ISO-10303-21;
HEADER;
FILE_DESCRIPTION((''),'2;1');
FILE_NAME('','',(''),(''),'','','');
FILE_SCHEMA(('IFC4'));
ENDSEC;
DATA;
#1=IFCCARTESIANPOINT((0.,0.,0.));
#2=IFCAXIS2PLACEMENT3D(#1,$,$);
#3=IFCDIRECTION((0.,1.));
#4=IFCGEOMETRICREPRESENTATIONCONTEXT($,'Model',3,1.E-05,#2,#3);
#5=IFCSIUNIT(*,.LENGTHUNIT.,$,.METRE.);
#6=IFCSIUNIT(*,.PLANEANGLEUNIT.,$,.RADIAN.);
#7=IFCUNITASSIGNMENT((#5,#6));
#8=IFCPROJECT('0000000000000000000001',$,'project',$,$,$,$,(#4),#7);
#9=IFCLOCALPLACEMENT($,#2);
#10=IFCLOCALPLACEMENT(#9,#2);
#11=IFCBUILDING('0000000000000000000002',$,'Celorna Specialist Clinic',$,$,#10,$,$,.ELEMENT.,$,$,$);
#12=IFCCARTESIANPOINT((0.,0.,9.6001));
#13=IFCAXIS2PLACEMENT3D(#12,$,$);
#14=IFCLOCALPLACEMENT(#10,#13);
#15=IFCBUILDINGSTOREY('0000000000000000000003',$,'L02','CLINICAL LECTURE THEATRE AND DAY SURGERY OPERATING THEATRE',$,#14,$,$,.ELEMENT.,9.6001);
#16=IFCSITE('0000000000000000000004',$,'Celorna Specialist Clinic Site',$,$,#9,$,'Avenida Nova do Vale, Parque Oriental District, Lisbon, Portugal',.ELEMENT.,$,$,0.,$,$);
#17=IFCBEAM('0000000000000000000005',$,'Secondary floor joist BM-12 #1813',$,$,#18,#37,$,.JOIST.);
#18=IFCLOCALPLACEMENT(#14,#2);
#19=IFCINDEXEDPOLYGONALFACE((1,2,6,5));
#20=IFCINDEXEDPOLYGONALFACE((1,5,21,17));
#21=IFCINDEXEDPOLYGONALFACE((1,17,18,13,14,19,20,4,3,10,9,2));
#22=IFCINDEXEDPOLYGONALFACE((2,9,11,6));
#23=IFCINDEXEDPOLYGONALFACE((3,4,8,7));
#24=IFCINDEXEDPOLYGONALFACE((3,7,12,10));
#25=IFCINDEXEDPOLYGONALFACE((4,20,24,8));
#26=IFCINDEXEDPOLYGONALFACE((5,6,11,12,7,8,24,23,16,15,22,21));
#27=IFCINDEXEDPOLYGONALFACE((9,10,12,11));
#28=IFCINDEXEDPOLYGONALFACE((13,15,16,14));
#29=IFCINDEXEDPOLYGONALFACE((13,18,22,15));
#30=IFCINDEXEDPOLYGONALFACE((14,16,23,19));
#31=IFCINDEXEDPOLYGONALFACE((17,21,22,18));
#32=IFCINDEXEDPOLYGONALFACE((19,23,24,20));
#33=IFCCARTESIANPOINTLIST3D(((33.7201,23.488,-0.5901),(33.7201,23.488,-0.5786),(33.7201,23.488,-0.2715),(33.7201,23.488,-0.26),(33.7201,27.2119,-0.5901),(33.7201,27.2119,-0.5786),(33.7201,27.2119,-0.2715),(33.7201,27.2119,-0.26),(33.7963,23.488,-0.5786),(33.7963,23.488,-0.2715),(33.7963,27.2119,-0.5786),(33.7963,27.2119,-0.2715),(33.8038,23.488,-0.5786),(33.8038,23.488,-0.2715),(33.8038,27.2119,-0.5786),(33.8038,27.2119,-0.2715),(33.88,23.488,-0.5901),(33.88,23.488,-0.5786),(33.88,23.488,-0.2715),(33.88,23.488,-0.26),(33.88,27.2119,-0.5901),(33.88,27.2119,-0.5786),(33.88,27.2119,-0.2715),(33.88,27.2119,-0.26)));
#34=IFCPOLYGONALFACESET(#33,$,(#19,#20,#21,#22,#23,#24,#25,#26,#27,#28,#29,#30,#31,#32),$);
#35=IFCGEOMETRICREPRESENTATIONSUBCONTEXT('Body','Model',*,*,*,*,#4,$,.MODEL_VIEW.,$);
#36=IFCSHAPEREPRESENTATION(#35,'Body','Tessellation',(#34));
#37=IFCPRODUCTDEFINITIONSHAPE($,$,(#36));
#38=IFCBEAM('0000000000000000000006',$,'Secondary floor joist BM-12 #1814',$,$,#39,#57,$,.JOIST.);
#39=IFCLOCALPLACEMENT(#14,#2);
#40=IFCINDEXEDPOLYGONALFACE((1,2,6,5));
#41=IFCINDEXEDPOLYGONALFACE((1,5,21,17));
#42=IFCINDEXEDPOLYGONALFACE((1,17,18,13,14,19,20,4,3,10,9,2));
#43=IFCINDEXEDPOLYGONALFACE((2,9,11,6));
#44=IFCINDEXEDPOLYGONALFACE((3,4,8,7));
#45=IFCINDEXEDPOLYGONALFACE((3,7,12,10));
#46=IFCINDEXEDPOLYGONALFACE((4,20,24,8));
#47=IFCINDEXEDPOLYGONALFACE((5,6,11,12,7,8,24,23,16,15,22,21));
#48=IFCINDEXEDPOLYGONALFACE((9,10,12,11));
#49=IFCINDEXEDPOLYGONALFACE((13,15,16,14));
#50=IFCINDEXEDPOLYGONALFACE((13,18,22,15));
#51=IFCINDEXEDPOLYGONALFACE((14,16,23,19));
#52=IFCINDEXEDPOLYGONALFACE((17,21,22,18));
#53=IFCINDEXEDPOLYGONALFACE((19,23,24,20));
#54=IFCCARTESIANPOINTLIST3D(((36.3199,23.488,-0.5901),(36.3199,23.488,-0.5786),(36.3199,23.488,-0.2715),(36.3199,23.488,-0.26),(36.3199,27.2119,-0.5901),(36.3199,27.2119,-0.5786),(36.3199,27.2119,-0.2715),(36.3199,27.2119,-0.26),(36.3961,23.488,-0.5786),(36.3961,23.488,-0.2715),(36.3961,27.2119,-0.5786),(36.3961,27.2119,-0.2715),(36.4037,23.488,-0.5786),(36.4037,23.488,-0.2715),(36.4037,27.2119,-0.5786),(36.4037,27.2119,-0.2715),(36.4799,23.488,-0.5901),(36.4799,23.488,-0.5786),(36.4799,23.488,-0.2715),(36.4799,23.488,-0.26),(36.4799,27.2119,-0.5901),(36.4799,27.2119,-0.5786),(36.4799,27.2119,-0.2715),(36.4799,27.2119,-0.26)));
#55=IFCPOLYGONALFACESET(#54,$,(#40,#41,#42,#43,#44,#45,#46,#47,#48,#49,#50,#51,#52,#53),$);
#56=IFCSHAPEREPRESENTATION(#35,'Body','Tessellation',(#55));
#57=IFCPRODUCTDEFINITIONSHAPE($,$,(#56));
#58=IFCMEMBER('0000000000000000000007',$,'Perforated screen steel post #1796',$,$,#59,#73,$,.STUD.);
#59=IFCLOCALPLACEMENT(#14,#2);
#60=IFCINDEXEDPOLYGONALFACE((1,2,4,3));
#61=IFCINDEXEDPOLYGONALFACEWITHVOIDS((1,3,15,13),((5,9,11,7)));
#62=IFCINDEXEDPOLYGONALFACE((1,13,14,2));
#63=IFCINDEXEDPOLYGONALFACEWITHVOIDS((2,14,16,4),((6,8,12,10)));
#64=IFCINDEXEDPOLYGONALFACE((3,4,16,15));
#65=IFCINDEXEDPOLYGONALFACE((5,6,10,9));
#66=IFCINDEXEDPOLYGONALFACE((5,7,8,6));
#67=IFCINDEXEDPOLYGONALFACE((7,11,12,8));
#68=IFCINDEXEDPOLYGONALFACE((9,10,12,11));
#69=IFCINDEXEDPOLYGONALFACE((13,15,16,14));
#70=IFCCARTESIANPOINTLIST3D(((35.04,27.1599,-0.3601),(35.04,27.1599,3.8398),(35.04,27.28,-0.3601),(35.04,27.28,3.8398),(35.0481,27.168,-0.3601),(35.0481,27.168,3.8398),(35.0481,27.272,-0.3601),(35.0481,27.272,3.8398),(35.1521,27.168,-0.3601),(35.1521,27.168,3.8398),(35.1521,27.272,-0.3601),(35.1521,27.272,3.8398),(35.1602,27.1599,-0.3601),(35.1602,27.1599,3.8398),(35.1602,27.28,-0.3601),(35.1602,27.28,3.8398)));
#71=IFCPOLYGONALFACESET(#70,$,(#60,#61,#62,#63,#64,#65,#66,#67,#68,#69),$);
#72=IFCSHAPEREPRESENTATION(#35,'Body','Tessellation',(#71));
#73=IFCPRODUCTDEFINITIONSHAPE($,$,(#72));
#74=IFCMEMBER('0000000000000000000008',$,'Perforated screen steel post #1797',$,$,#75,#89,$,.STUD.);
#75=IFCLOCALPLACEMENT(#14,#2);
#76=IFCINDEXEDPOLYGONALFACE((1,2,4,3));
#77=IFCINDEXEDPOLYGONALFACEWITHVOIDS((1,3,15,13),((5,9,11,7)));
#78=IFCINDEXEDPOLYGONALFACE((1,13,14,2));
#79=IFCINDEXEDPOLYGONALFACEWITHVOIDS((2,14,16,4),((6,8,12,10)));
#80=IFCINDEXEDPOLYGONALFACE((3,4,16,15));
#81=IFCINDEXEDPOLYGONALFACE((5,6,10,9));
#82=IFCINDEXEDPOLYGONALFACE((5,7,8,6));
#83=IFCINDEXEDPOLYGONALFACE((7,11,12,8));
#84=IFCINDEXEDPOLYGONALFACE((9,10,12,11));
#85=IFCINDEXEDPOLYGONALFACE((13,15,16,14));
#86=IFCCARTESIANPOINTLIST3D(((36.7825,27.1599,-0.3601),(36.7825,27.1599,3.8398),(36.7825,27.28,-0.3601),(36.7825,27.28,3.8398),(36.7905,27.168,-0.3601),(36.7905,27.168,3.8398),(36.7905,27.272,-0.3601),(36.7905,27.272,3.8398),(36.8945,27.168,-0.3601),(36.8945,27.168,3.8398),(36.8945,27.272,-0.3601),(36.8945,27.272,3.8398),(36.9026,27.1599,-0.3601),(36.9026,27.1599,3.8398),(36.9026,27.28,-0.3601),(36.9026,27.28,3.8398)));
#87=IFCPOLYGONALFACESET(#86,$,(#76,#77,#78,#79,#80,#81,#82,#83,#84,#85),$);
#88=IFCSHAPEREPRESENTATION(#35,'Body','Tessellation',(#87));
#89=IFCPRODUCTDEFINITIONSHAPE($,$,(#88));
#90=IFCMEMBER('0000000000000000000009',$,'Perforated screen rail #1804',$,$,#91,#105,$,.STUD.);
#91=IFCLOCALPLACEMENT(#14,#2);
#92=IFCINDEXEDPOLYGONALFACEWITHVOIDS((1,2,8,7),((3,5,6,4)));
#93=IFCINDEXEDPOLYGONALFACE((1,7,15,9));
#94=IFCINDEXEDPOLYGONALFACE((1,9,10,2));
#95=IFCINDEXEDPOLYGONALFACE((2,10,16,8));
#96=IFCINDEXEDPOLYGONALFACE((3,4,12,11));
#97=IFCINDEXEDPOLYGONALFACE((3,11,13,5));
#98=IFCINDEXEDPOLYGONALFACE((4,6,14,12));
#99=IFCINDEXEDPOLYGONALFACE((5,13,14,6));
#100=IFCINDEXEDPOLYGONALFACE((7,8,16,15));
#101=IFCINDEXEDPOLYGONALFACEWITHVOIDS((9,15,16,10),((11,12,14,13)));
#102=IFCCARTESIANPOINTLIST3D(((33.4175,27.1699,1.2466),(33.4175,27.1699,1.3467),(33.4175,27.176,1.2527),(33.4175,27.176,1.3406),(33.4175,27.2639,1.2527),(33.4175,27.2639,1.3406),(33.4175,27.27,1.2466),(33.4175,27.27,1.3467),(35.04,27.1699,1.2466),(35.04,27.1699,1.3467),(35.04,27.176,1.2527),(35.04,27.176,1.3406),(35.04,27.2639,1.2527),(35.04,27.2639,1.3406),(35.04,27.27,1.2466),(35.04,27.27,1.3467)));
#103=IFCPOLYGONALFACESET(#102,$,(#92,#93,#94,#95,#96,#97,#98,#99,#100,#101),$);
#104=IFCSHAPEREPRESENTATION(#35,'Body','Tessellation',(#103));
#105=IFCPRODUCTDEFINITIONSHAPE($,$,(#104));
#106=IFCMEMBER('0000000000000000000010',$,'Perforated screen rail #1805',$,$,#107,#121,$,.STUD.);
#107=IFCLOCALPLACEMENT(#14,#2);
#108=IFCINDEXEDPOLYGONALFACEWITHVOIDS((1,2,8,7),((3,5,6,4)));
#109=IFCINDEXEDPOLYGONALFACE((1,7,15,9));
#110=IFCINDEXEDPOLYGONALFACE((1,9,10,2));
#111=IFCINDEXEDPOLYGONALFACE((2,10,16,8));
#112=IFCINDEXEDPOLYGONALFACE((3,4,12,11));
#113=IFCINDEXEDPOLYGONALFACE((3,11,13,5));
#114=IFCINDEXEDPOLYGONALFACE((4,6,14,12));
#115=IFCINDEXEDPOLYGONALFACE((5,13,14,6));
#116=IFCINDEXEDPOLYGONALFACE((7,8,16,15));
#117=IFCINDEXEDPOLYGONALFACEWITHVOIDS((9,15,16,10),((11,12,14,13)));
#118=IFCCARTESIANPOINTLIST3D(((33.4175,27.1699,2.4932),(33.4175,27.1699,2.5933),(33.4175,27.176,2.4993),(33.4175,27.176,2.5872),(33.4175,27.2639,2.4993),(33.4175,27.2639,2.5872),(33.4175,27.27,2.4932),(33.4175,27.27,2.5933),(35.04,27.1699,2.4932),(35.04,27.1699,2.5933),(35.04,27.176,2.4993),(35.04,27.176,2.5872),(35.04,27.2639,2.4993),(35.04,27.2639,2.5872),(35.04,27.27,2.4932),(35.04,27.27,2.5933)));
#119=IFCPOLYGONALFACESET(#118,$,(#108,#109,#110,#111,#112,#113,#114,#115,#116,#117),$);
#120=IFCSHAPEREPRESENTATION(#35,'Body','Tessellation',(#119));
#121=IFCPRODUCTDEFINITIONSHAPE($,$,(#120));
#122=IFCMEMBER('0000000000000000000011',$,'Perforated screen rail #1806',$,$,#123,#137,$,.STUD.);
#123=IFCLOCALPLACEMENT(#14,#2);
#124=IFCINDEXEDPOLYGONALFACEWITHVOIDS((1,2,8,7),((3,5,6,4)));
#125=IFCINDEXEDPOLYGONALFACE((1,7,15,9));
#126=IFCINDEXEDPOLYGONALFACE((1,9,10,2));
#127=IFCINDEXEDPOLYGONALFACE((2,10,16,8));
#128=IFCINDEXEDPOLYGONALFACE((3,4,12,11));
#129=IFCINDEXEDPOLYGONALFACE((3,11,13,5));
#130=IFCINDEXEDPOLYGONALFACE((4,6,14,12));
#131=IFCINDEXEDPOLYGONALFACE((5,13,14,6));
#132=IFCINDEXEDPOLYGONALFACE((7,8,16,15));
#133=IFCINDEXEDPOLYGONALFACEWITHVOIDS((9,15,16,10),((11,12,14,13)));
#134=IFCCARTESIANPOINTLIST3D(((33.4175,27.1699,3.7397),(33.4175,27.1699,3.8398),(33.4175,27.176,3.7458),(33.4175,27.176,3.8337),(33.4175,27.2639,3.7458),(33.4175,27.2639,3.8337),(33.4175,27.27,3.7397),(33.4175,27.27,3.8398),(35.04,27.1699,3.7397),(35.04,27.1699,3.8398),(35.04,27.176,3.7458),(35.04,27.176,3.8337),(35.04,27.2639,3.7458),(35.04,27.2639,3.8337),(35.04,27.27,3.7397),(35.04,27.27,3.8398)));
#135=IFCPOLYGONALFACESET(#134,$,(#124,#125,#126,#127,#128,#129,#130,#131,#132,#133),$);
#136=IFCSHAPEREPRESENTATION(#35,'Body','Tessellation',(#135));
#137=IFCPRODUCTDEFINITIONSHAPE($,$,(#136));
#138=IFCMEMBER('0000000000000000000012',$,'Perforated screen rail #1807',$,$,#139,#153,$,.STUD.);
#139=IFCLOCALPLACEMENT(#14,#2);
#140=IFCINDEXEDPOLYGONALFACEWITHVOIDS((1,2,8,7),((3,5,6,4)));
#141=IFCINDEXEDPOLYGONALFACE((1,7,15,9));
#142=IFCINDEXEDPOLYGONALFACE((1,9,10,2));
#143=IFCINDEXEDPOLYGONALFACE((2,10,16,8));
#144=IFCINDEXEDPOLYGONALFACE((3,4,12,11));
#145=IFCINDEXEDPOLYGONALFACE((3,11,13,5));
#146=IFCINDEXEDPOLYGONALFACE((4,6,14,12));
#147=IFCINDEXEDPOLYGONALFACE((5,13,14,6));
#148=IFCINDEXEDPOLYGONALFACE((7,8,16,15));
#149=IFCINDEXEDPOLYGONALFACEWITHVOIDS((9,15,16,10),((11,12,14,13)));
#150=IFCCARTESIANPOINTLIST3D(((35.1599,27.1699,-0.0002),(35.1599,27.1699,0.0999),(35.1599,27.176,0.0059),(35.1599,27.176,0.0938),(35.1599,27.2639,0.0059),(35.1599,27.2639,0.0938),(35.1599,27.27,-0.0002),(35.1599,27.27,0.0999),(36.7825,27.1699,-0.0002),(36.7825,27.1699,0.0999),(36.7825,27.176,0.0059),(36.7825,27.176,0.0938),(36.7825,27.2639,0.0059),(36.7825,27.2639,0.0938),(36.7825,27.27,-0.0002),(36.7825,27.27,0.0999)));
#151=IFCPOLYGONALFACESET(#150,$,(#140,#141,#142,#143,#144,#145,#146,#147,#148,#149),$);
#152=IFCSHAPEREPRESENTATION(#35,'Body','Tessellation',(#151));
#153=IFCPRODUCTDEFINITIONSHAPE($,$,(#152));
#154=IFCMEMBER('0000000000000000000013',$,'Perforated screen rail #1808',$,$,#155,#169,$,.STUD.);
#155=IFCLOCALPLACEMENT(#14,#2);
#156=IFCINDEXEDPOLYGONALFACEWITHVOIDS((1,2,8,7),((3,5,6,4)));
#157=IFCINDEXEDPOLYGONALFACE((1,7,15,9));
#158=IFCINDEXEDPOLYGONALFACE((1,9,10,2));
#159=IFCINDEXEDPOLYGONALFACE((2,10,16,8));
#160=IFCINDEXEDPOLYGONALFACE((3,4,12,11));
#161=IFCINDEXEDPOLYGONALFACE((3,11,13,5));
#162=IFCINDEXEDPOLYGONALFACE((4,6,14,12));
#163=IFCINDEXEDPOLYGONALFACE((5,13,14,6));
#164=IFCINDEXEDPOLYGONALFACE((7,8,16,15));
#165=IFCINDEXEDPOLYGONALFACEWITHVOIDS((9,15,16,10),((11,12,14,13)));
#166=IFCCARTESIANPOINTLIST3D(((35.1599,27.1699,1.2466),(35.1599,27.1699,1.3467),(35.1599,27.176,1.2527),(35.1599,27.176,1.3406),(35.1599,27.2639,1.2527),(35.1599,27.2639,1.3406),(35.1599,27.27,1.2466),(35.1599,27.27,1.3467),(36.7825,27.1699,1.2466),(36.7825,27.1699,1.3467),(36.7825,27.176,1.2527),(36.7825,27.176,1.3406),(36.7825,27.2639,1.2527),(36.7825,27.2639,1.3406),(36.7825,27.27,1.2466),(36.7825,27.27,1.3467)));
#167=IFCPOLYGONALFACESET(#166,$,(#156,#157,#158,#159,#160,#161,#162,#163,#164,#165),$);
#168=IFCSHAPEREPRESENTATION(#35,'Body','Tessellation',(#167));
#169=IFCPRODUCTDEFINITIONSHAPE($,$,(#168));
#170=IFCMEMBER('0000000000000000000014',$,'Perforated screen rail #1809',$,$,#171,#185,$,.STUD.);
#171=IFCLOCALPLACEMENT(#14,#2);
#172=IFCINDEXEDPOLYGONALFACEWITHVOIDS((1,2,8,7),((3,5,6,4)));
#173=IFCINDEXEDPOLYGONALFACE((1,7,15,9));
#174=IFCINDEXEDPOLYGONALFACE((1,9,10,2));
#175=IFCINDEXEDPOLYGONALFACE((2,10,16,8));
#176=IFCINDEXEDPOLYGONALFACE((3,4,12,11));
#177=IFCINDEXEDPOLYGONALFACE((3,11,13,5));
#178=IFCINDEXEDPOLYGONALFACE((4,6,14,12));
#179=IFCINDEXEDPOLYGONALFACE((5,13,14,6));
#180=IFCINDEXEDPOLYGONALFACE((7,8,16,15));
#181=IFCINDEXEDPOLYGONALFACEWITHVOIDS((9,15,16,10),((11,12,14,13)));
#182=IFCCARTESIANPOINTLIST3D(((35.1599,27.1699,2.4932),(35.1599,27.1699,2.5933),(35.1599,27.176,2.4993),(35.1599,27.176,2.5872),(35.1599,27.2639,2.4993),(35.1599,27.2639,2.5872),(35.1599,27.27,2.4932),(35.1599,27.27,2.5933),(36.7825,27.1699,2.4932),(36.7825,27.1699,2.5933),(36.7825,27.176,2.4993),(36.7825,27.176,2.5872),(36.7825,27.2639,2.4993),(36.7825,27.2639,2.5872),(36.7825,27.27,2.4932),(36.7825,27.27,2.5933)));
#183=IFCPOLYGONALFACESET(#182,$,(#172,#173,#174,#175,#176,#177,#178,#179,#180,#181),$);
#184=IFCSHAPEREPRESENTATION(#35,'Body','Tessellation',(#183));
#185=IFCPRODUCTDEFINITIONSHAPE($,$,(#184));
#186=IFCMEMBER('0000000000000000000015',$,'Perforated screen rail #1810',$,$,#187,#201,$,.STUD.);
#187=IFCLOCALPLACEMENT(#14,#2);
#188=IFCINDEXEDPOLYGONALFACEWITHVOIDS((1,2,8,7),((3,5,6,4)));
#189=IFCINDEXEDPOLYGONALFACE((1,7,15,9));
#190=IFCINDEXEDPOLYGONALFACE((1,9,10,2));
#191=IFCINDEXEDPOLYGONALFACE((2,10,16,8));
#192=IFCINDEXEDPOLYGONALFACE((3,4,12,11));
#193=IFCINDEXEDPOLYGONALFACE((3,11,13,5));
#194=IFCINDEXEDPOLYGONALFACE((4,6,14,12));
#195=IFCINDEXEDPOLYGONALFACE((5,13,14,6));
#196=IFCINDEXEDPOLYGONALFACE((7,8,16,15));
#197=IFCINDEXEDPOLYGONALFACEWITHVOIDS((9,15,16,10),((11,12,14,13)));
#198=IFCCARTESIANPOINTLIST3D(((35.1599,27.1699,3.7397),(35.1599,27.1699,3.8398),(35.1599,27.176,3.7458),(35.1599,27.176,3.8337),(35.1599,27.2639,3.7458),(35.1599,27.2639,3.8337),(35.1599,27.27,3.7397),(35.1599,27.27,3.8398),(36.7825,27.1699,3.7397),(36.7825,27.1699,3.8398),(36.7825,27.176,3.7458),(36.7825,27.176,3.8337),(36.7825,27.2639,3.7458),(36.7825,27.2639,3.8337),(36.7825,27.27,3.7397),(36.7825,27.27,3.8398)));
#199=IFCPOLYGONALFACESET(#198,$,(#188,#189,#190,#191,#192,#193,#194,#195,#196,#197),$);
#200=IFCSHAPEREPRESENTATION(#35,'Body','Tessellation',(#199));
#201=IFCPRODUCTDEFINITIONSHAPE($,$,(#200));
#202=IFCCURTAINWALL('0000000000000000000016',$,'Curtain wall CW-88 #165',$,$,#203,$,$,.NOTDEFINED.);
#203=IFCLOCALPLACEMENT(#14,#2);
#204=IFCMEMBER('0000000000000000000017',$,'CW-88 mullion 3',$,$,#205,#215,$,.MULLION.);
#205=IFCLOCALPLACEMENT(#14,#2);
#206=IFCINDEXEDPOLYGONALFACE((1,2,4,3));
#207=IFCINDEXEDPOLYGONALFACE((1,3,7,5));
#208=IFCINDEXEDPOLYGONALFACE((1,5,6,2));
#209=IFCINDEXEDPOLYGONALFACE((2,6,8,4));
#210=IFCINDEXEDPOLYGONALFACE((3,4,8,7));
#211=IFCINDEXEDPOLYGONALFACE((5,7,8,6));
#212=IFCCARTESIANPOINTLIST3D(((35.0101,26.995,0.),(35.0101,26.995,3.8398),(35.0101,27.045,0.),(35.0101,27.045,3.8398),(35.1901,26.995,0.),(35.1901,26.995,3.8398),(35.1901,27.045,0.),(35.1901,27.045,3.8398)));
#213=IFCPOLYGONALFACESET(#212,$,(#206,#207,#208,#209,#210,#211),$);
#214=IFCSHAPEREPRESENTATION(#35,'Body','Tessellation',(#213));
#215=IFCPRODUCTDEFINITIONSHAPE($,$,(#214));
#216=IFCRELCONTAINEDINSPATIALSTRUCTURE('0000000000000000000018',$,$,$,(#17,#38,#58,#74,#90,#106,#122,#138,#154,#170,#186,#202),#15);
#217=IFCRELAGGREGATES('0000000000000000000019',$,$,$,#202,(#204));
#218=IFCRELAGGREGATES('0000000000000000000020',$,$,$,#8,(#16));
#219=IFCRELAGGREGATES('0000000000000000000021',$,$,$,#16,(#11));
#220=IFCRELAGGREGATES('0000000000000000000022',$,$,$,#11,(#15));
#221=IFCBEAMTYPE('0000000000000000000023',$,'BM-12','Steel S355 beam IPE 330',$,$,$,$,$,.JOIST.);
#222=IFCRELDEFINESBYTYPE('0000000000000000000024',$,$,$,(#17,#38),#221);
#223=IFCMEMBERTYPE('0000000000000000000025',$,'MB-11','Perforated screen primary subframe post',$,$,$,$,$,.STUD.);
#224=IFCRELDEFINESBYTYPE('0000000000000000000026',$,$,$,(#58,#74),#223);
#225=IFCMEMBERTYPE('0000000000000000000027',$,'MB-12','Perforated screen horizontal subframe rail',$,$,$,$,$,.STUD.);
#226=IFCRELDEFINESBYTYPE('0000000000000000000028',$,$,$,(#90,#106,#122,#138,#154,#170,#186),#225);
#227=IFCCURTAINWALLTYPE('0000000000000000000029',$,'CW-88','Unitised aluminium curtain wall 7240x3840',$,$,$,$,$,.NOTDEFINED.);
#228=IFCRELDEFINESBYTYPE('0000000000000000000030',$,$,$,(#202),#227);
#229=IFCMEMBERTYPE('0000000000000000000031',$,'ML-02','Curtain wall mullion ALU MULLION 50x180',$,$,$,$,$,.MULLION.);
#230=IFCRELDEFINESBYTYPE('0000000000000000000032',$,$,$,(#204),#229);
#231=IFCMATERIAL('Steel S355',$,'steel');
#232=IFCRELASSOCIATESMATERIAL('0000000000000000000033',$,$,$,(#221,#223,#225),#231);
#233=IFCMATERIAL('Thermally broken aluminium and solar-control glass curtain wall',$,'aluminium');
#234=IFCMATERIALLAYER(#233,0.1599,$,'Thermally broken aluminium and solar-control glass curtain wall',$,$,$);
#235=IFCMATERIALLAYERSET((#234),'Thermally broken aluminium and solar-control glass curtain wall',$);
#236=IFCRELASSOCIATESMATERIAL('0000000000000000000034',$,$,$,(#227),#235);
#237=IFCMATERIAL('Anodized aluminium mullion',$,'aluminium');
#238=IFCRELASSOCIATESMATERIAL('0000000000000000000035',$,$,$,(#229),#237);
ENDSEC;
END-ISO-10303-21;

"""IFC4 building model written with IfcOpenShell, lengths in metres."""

from ifc_helpers import new_model, si_unit, direction, frame, origin, origin_2d, place, context, subcontext, project, spatial, rectangle, hollow_rectangle, i_section, extrude, material, layer, layer_set, material_profile, profile_set, type_object, element, aggregate, save


model = new_model("IFC4")

# Units and contexts
model_context = context("Model", 3, precision=1e-05, world=origin(), true_north=direction((0.0, 1.0)))
body_context = subcontext(model_context, "Body", "Model", "MODEL_VIEW")
ifc_project = project(units=[si_unit("LENGTHUNIT", "METRE"), si_unit("PLANEANGLEUNIT", "RADIAN")], contexts=[model_context])

# Site, building, storey
site_placement = place(None, origin())
site = spatial("IfcSite", under=ifc_project, at=site_placement, Name="Celorna Specialist Clinic Site", LongName="Avenida Nova do Vale, Parque Oriental District, Lisbon, Portugal", CompositionType="ELEMENT", RefElevation=0.0)
building_placement = place(site_placement, origin())
building = spatial("IfcBuilding", under=site, at=building_placement, Name="Celorna Specialist Clinic", CompositionType="ELEMENT")
storey_placement = place(building_placement, frame((0.0, 0.0, 9.6001)))
storey = spatial("IfcBuildingStorey", under=building, at=storey_placement, Name="L02", Description="CLINICAL LECTURE THEATRE AND DAY SURGERY OPERATING THEATRE", CompositionType="ELEMENT", Elevation=9.6001)

# Beams
ifc_material_1 = material(Name="Steel S355", Category="steel")
ifc_material_profile_1 = material_profile(ifc_material_1, i_section(OverallWidth=0.1599, OverallDepth=0.3301, WebThickness=0.0076, FlangeThickness=0.0115, at=origin_2d()), Name="IPE 330")
ifc_profile_set_1 = profile_set([ifc_material_profile_1], Name="Steel S355")
beam_type = type_object("IfcBeamType", Name="BM-12", Description="Steel S355 beam IPE 330", PredefinedType="JOIST", material=ifc_profile_set_1)
for number, where, z_axis, x_axis, name in (
    (1, (33.8, 23.488, -0.425), (0.0, 1.0, 0.0), (-1.0, 0.0, 0.0), "Secondary floor joist BM-12 #1813"),
    (2, (36.3999, 23.488, -0.425), (0.0, 1.0, 0.0), (-1.0, 0.0, 0.0), "Secondary floor joist BM-12 #1814"),
):
    element("IfcBeam", number, at=place(storey_placement, frame(where, z_axis=z_axis, x_axis=x_axis)), inside=storey, type_object=beam_type, Name=name, PredefinedType="JOIST", context=body_context, shape_type="SweptSolid", body=[
        extrude(i_section(OverallWidth=0.1599, OverallDepth=0.3301, WebThickness=0.0076, FlangeThickness=0.0115, at=origin_2d()), origin(), (0.0, 0.0, 1.0), 3.7239),
    ])

# Members
ifc_material_profile_2 = material_profile(ifc_material_1, hollow_rectangle(XDim=0.1201, YDim=0.1201, WallThickness=0.0081, at=origin_2d()), Name="SHS 120x120x8")
ifc_profile_set_2 = profile_set([ifc_material_profile_2], Name="Steel S355")
member_type_1 = type_object("IfcMemberType", Name="MB-11", Description="Perforated screen primary subframe post", PredefinedType="STUD", material=ifc_profile_set_2)
for number, where, z_axis, x_axis, name in (
    (3, (35.1001, 27.22, -0.3601), (0.0, 0.0, 1.0), (1.0, 0.0, 0.0), "Perforated screen steel post #1796"),
    (4, (36.8425, 27.22, -0.3601), (0.0, 0.0, 1.0), (1.0, 0.0, 0.0), "Perforated screen steel post #1797"),
):
    element("IfcMember", number, at=place(storey_placement, frame(where, z_axis=z_axis, x_axis=x_axis)), inside=storey, type_object=member_type_1, Name=name, PredefinedType="STUD", context=body_context, shape_type="SweptSolid", body=[
        extrude(hollow_rectangle(XDim=0.1201, YDim=0.1201, WallThickness=0.0081, at=origin_2d()), origin(), (0.0, 0.0, 1.0), 4.2),
    ])
ifc_material_profile_3 = material_profile(ifc_material_1, hollow_rectangle(XDim=0.1001, YDim=0.1001, WallThickness=0.0061, at=origin_2d()), Name="SHS 100x100x6")
ifc_profile_set_3 = profile_set([ifc_material_profile_3], Name="Steel S355")
member_type_2 = type_object("IfcMemberType", Name="MB-12", Description="Perforated screen horizontal subframe rail", PredefinedType="STUD", material=ifc_profile_set_3)
for number, where, z_axis, x_axis, name in (
    (5, (33.4175, 27.22, 1.2966), (1.0, 0.0, 0.0), (0.0, 1.0, 0.0), "Perforated screen rail #1804"),
    (6, (33.4175, 27.22, 2.5432), (1.0, 0.0, 0.0), (0.0, 1.0, 0.0), "Perforated screen rail #1805"),
    (7, (33.4175, 27.22, 3.7898), (1.0, 0.0, 0.0), (0.0, 1.0, 0.0), "Perforated screen rail #1806"),
    (8, (35.1599, 27.22, 0.0498), (1.0, 0.0, 0.0), (0.0, 1.0, 0.0), "Perforated screen rail #1807"),
    (9, (35.1599, 27.22, 1.2966), (1.0, 0.0, 0.0), (0.0, 1.0, 0.0), "Perforated screen rail #1808"),
    (10, (35.1599, 27.22, 2.5432), (1.0, 0.0, 0.0), (0.0, 1.0, 0.0), "Perforated screen rail #1809"),
    (11, (35.1599, 27.22, 3.7898), (1.0, 0.0, 0.0), (0.0, 1.0, 0.0), "Perforated screen rail #1810"),
):
    element("IfcMember", number, at=place(storey_placement, frame(where, z_axis=z_axis, x_axis=x_axis)), inside=storey, type_object=member_type_2, Name=name, PredefinedType="STUD", context=body_context, shape_type="SweptSolid", body=[
        extrude(hollow_rectangle(XDim=0.1001, YDim=0.1001, WallThickness=0.0061, at=origin_2d()), origin(), (0.0, 0.0, 1.0), 1.6226),
    ])

# Curtain wall, member
ifc_material_2 = material(Name="Thermally broken aluminium and solar-control glass curtain wall", Category="aluminium")
ifc_layer_1 = layer(ifc_material_2, 0.1599, Name="Thermally broken aluminium and solar-control glass curtain wall")
ifc_layer_set_1 = layer_set([ifc_layer_1], Name="Thermally broken aluminium and solar-control glass curtain wall")
curtain_wall_type = type_object("IfcCurtainWallType", Name="CW-88", Description="Unitised aluminium curtain wall 7240x3840", PredefinedType="NOTDEFINED", material=ifc_layer_set_1)
curtain_wall_placement = place(storey_placement, origin())
curtain_wall = element("IfcCurtainWall", 12, at=curtain_wall_placement, inside=storey, type_object=curtain_wall_type, Name="Curtain wall CW-88 #165", PredefinedType="NOTDEFINED")
ifc_material_3 = material(Name="Anodized aluminium mullion", Category="aluminium")
ifc_material_profile_4 = material_profile(ifc_material_3, rectangle(XDim=0.05, YDim=0.1799, at=origin_2d()), Name="ALU MULLION 50x180")
ifc_profile_set_4 = profile_set([ifc_material_profile_4], Name="Anodized aluminium mullion")
member_type_3 = type_object("IfcMemberType", Name="ML-02", Description="Curtain wall mullion ALU MULLION 50x180", PredefinedType="MULLION", material=ifc_profile_set_4)
member_1_placement = place(storey_placement, frame((35.1001, 27.02, 0.0), z_axis=(0.0, 0.0, 1.0), x_axis=(0.0, 1.0, 0.0)))
member_1 = element("IfcMember", 13, at=member_1_placement, type_object=member_type_3, Name="CW-88 mullion 3", PredefinedType="MULLION", context=body_context, shape_type="SweptSolid", body=[
    extrude(rectangle(XDim=0.05, YDim=0.1799, at=origin_2d()), origin(), (0.0, 0.0, 1.0), 3.8398),
])
aggregate(curtain_wall, [member_1])

save(model, "model.ifc")
